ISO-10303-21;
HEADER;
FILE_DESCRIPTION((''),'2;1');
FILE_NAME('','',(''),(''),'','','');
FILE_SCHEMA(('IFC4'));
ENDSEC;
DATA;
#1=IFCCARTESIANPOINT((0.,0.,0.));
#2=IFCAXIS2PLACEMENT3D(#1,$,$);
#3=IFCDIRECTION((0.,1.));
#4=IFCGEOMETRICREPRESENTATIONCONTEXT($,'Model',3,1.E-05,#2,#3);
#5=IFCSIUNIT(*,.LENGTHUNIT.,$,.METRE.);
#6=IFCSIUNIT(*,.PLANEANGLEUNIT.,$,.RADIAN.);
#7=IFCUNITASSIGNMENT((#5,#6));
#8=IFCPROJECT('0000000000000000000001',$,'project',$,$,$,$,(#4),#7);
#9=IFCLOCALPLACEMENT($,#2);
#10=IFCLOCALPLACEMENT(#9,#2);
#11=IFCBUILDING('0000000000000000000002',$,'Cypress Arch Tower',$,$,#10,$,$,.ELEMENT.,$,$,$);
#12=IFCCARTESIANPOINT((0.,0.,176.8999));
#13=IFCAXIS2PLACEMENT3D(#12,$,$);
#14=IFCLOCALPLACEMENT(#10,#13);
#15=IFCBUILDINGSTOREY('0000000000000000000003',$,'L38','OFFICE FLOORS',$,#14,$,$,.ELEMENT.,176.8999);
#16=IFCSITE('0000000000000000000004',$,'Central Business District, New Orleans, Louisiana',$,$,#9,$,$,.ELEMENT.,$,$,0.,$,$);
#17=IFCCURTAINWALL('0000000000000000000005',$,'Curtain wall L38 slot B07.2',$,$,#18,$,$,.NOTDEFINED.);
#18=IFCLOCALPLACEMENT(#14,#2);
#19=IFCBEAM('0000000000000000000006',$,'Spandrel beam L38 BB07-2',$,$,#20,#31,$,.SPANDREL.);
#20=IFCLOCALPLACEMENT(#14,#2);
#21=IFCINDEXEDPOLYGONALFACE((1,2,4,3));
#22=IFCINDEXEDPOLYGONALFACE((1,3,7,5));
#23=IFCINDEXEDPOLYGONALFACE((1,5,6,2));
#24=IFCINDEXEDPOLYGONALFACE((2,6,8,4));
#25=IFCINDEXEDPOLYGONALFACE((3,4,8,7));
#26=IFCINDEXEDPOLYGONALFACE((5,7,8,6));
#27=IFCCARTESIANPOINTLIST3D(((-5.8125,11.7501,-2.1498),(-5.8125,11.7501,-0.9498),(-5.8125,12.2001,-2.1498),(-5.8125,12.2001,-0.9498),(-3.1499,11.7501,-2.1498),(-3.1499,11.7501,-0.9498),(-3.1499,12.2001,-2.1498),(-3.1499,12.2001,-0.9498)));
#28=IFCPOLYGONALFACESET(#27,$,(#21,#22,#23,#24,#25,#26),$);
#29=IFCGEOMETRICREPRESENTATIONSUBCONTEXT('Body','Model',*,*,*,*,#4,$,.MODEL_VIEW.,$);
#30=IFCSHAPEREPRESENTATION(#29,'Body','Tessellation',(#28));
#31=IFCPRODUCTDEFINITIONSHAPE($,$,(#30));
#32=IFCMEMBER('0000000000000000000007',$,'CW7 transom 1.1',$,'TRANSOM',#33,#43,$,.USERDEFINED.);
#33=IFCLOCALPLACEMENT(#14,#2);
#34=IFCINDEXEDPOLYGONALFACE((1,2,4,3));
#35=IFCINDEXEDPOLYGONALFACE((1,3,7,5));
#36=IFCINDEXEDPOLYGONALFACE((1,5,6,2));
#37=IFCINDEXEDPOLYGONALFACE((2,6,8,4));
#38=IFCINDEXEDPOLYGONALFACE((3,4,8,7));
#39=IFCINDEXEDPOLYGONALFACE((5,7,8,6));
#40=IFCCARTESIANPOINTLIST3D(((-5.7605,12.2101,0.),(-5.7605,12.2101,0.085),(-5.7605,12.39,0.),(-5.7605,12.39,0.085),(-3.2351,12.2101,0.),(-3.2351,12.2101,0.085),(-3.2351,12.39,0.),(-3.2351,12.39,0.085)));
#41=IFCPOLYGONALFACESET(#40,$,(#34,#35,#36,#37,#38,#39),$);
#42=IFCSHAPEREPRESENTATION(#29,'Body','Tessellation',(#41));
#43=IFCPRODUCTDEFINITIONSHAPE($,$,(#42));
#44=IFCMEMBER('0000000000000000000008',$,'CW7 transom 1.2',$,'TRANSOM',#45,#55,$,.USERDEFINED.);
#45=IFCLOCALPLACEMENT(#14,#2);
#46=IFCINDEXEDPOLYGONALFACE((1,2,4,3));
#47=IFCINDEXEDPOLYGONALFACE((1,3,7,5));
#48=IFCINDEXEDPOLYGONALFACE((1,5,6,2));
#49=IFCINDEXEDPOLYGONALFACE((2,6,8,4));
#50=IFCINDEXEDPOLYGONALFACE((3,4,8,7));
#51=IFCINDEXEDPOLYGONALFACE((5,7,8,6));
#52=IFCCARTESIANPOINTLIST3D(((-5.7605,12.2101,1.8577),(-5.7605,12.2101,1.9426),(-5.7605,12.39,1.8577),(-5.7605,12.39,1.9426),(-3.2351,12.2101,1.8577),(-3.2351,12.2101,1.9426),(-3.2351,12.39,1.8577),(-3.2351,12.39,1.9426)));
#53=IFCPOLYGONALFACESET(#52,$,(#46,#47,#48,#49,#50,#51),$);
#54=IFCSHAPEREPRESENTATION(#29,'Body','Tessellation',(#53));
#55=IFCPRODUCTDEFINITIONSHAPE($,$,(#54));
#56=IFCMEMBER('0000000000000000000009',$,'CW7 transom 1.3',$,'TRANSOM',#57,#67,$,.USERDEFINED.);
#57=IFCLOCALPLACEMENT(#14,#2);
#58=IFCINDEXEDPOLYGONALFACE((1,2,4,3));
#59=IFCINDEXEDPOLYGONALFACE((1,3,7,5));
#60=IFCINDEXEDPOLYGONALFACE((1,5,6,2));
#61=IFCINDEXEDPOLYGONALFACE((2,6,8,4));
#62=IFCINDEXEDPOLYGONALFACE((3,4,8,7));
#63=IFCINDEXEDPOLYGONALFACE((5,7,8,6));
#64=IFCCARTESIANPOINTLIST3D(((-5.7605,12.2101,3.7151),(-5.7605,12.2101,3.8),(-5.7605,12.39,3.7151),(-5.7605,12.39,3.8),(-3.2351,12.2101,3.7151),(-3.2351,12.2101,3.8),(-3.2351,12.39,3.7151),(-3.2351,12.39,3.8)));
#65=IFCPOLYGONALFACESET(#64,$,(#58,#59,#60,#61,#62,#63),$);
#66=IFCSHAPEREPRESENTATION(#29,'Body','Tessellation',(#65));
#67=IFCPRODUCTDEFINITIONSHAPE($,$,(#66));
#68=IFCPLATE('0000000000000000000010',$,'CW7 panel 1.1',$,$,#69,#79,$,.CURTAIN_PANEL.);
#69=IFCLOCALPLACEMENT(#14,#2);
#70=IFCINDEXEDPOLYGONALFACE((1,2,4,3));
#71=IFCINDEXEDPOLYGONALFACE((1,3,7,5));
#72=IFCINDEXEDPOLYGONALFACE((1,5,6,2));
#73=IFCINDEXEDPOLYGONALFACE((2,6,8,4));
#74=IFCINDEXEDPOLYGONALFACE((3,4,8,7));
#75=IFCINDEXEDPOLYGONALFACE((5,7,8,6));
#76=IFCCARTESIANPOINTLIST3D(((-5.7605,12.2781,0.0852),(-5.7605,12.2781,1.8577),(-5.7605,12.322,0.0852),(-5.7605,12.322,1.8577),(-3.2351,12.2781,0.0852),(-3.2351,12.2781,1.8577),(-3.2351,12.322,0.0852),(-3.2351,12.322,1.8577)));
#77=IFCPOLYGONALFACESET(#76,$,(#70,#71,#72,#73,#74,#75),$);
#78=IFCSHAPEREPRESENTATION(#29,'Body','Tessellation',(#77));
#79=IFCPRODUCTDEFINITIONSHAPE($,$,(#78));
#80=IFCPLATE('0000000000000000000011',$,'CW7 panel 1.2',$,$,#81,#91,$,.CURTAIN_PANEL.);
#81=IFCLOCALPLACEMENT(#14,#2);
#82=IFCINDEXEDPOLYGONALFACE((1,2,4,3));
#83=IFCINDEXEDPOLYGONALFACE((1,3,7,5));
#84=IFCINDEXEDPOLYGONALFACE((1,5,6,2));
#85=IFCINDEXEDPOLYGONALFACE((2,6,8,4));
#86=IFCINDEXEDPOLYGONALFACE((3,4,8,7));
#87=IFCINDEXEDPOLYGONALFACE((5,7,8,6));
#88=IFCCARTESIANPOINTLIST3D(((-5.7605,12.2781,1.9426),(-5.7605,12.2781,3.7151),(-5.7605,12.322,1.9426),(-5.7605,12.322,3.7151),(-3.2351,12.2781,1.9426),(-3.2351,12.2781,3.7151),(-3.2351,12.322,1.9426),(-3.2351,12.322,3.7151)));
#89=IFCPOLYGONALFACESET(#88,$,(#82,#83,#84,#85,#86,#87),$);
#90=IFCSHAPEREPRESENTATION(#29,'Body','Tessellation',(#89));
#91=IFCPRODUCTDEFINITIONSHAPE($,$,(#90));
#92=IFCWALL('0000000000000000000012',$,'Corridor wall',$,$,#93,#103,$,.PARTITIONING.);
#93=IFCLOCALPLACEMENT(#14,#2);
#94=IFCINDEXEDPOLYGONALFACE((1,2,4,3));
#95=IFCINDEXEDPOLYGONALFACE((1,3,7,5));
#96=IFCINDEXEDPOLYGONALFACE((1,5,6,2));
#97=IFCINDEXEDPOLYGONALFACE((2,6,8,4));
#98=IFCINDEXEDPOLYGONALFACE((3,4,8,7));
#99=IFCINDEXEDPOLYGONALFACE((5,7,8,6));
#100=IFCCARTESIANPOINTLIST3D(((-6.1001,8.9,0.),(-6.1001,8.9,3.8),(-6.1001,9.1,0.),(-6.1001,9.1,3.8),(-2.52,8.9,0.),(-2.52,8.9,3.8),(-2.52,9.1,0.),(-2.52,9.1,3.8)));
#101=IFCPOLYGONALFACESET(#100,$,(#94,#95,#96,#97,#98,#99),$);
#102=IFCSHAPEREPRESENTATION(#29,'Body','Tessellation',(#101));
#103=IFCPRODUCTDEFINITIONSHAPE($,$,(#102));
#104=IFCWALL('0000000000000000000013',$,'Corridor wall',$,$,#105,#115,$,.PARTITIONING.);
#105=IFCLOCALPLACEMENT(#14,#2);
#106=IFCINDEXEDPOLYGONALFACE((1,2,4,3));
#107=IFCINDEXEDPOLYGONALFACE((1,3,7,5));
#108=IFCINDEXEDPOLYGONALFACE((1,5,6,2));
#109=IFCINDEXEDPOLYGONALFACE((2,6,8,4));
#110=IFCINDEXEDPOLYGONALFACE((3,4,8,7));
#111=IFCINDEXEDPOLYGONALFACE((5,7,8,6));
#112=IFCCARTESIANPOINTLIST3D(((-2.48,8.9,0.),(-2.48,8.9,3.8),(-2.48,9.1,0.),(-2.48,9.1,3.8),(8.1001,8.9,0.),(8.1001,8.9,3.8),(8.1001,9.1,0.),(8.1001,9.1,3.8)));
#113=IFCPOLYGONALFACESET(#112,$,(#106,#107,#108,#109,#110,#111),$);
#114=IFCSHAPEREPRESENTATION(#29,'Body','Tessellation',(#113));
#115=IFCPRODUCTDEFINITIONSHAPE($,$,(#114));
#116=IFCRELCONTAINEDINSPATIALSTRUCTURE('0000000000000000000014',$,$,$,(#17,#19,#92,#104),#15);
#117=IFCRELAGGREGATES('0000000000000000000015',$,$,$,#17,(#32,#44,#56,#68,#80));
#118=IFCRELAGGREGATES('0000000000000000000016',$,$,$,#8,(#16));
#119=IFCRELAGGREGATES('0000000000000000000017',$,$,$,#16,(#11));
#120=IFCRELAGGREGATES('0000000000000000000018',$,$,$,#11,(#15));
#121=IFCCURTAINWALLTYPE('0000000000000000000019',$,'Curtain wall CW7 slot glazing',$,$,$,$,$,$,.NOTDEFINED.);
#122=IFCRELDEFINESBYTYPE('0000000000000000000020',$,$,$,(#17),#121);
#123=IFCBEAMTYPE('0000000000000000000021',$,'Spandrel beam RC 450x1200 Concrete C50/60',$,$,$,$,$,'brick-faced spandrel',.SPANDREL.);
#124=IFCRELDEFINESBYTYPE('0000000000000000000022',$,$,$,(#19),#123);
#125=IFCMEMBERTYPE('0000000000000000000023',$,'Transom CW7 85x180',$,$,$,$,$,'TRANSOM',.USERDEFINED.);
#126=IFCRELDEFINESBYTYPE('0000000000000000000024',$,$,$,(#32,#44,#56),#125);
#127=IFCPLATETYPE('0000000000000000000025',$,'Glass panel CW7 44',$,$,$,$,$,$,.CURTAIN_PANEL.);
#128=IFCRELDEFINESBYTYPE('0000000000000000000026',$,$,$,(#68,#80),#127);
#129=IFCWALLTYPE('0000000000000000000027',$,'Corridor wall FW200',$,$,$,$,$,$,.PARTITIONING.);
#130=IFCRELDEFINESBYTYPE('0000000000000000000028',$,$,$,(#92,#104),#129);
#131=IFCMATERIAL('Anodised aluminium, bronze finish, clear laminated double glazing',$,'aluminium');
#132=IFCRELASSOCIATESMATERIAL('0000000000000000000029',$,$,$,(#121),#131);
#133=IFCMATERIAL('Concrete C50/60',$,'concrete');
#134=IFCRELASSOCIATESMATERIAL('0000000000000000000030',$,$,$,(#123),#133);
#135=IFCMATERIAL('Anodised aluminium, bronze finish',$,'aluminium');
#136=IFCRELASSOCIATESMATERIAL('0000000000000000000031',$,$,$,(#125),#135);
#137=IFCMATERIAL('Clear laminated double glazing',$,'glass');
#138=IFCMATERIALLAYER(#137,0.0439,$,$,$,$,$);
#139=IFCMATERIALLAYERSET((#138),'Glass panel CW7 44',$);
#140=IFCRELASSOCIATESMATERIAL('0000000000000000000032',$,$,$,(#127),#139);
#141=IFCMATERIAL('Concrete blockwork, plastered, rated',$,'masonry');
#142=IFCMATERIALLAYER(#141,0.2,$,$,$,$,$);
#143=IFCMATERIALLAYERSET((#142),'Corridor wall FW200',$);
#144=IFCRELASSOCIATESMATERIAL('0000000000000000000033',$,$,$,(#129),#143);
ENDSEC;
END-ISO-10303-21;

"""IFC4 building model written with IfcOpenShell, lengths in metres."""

from ifc_helpers import new_model, si_unit, direction, frame, frame_2d, origin, origin_2d, place, context, subcontext, project, spatial, rectangle, extrude, material, layer, layer_set, material_profile, profile_set, type_object, element, aggregate, save


model = new_model("IFC4")

# Units and contexts
model_context = context("Model", 3, precision=1e-05, world=origin(), true_north=direction((0.0, 1.0)))
body_context = subcontext(model_context, "Body", "Model", "MODEL_VIEW")
ifc_project = project(units=[si_unit("LENGTHUNIT", "METRE"), si_unit("PLANEANGLEUNIT", "RADIAN")], contexts=[model_context])

# Site, building, storey
site_placement = place(None, origin())
site = spatial("IfcSite", under=ifc_project, at=site_placement, Name="Central Business District, New Orleans, Louisiana", CompositionType="ELEMENT", RefElevation=0.0)
building_placement = place(site_placement, origin())
building = spatial("IfcBuilding", under=site, at=building_placement, Name="Cypress Arch Tower", CompositionType="ELEMENT")
storey_placement = place(building_placement, frame((0.0, 0.0, 176.8999)))
storey = spatial("IfcBuildingStorey", under=building, at=storey_placement, Name="L38", Description="OFFICE FLOORS", CompositionType="ELEMENT", Elevation=176.8999)

# Curtain wall
ifc_material_1 = material(Name="Anodised aluminium, bronze finish, clear laminated double glazing", Category="aluminium")
curtain_wall_type = type_object("IfcCurtainWallType", Name="Curtain wall CW7 slot glazing", PredefinedType="NOTDEFINED", material=ifc_material_1)
curtain_wall_placement = place(storey_placement, origin())
curtain_wall = element("IfcCurtainWall", 1, at=curtain_wall_placement, inside=storey, type_object=curtain_wall_type, Name="Curtain wall L38 slot B07.2", PredefinedType="NOTDEFINED")

# Beam
ifc_material_2 = material(Name="Concrete C50/60", Category="concrete")
ifc_material_profile_1 = material_profile(ifc_material_2, rectangle(XDim=0.45, YDim=1.2, at=origin_2d()), Name="RC 450x1200")
ifc_profile_set_1 = profile_set([ifc_material_profile_1], Name="Concrete C50/60")
beam_type_1 = type_object("IfcBeamType", Name="Spandrel beam RC 450x1200 Concrete C50/60", ElementType="brick-faced spandrel", PredefinedType="SPANDREL", material=ifc_profile_set_1)
beam_1_placement = place(storey_placement, frame((-3.1499, 11.9751, -1.5498), z_axis=(-1.0, 0.0, 0.0), x_axis=(0.0, -1.0, 0.0)))
element("IfcBeam", 2, at=beam_1_placement, inside=storey, type_object=beam_type_1, Name="Spandrel beam L38 BB07-2", PredefinedType="SPANDREL", context=body_context, shape_type="SweptSolid", body=[
    extrude(rectangle(XDim=0.45, YDim=1.2, at=origin_2d()), origin(), (0.0, 0.0, 1.0), 2.6626),
])

# Members
ifc_material_3 = material(Name="Anodised aluminium, bronze finish", Category="aluminium")
ifc_material_profile_2 = material_profile(ifc_material_3, rectangle(XDim=0.1799, YDim=0.085, at=origin_2d()), Name="Transom 85x180")
ifc_profile_set_2 = profile_set([ifc_material_profile_2], Name="Anodised aluminium, bronze finish")
member_type_1 = type_object("IfcMemberType", Name="Transom CW7 85x180", ElementType="TRANSOM", PredefinedType="USERDEFINED", material=ifc_profile_set_2)
member_1_placement = place(storey_placement, frame((-3.2351, 12.3, 0.0425), z_axis=(-1.0, 0.0, 0.0), x_axis=(0.0, -1.0, 0.0)))
member_1 = element("IfcMember", 3, at=member_1_placement, type_object=member_type_1, Name="CW7 transom 1.1", ObjectType="TRANSOM", PredefinedType="USERDEFINED", context=body_context, shape_type="SweptSolid", body=[
    extrude(rectangle(XDim=0.1799, YDim=0.085, at=origin_2d()), origin(), (0.0, 0.0, 1.0), 2.5254),
])
member_2_placement = place(storey_placement, frame((-3.2351, 12.3, 1.9001), z_axis=(-1.0, 0.0, 0.0), x_axis=(0.0, -1.0, 0.0)))
member_2 = element("IfcMember", 4, at=member_2_placement, type_object=member_type_1, Name="CW7 transom 1.2", ObjectType="TRANSOM", PredefinedType="USERDEFINED", context=body_context, shape_type="SweptSolid", body=[
    extrude(rectangle(XDim=0.1799, YDim=0.085, at=origin_2d()), origin(), (0.0, 0.0, 1.0), 2.5254),
])
member_3_placement = place(storey_placement, frame((-3.2351, 12.3, 3.7576), z_axis=(-1.0, 0.0, 0.0), x_axis=(0.0, -1.0, 0.0)))
member_3 = element("IfcMember", 5, at=member_3_placement, type_object=member_type_1, Name="CW7 transom 1.3", ObjectType="TRANSOM", PredefinedType="USERDEFINED", context=body_context, shape_type="SweptSolid", body=[
    extrude(rectangle(XDim=0.1799, YDim=0.085, at=origin_2d()), origin(), (0.0, 0.0, 1.0), 2.5254),
])

# Plates
ifc_material_4 = material(Name="Clear laminated double glazing", Category="glass")
ifc_layer_1 = layer(ifc_material_4, 0.0439)
ifc_layer_set_1 = layer_set([ifc_layer_1], Name="Glass panel CW7 44")
plate_type = type_object("IfcPlateType", Name="Glass panel CW7 44", PredefinedType="CURTAIN_PANEL", material=ifc_layer_set_1)
plate_1_placement = place(storey_placement, frame((-4.4978, 12.3, 0.0852), z_axis=(0.0, 0.0, 1.0), x_axis=(-1.0, 0.0, 0.0)))
plate_1 = element("IfcPlate", 6, at=plate_1_placement, type_object=plate_type, Name="CW7 panel 1.1", PredefinedType="CURTAIN_PANEL", context=body_context, shape_type="SweptSolid", body=[
    extrude(rectangle(XDim=2.5254, YDim=0.0439, at=origin_2d()), origin(), (0.0, 0.0, 1.0), 1.7725),
])
plate_2_placement = place(storey_placement, frame((-4.4978, 12.3, 1.9426), z_axis=(0.0, 0.0, 1.0), x_axis=(-1.0, 0.0, 0.0)))
plate_2 = element("IfcPlate", 7, at=plate_2_placement, type_object=plate_type, Name="CW7 panel 1.2", PredefinedType="CURTAIN_PANEL", context=body_context, shape_type="SweptSolid", body=[
    extrude(rectangle(XDim=2.5254, YDim=0.0439, at=origin_2d()), origin(), (0.0, 0.0, 1.0), 1.7725),
])
aggregate(curtain_wall, [member_1, member_2, member_3, plate_1, plate_2])

# Shared definitions
ifc_material_5 = material(Name="Concrete blockwork, plastered, rated", Category="masonry")
ifc_layer_2 = layer(ifc_material_5, 0.2)
ifc_layer_set_2 = layer_set([ifc_layer_2], Name="Corridor wall FW200")
wall_type = type_object("IfcWallType", Name="Corridor wall FW200", PredefinedType="PARTITIONING", material=ifc_layer_set_2)

# Walls
wall_1_placement = place(storey_placement, frame((-6.1001, 9.0, 0.0), z_axis=(0.0, 0.0, 1.0), x_axis=(1.0, 0.0, 0.0)))
element("IfcWall", 8, at=wall_1_placement, inside=storey, type_object=wall_type, Name="Corridor wall", PredefinedType="PARTITIONING", context=body_context, shape_type="SweptSolid", body=[
    extrude(rectangle(XDim=3.5801, YDim=0.2, at=frame_2d((1.79, 0.0))), origin(), (0.0, 0.0, 1.0), 3.8),
])
wall_2_placement = place(storey_placement, frame((-2.48, 9.0, 0.0), z_axis=(0.0, 0.0, 1.0), x_axis=(1.0, 0.0, 0.0)))
element("IfcWall", 9, at=wall_2_placement, inside=storey, type_object=wall_type, Name="Corridor wall", PredefinedType="PARTITIONING", context=body_context, shape_type="SweptSolid", body=[
    extrude(rectangle(XDim=10.5801, YDim=0.2, at=frame_2d((5.29, 0.0))), origin(), (0.0, 0.0, 1.0), 3.8),
])

save(model, "model.ifc")
